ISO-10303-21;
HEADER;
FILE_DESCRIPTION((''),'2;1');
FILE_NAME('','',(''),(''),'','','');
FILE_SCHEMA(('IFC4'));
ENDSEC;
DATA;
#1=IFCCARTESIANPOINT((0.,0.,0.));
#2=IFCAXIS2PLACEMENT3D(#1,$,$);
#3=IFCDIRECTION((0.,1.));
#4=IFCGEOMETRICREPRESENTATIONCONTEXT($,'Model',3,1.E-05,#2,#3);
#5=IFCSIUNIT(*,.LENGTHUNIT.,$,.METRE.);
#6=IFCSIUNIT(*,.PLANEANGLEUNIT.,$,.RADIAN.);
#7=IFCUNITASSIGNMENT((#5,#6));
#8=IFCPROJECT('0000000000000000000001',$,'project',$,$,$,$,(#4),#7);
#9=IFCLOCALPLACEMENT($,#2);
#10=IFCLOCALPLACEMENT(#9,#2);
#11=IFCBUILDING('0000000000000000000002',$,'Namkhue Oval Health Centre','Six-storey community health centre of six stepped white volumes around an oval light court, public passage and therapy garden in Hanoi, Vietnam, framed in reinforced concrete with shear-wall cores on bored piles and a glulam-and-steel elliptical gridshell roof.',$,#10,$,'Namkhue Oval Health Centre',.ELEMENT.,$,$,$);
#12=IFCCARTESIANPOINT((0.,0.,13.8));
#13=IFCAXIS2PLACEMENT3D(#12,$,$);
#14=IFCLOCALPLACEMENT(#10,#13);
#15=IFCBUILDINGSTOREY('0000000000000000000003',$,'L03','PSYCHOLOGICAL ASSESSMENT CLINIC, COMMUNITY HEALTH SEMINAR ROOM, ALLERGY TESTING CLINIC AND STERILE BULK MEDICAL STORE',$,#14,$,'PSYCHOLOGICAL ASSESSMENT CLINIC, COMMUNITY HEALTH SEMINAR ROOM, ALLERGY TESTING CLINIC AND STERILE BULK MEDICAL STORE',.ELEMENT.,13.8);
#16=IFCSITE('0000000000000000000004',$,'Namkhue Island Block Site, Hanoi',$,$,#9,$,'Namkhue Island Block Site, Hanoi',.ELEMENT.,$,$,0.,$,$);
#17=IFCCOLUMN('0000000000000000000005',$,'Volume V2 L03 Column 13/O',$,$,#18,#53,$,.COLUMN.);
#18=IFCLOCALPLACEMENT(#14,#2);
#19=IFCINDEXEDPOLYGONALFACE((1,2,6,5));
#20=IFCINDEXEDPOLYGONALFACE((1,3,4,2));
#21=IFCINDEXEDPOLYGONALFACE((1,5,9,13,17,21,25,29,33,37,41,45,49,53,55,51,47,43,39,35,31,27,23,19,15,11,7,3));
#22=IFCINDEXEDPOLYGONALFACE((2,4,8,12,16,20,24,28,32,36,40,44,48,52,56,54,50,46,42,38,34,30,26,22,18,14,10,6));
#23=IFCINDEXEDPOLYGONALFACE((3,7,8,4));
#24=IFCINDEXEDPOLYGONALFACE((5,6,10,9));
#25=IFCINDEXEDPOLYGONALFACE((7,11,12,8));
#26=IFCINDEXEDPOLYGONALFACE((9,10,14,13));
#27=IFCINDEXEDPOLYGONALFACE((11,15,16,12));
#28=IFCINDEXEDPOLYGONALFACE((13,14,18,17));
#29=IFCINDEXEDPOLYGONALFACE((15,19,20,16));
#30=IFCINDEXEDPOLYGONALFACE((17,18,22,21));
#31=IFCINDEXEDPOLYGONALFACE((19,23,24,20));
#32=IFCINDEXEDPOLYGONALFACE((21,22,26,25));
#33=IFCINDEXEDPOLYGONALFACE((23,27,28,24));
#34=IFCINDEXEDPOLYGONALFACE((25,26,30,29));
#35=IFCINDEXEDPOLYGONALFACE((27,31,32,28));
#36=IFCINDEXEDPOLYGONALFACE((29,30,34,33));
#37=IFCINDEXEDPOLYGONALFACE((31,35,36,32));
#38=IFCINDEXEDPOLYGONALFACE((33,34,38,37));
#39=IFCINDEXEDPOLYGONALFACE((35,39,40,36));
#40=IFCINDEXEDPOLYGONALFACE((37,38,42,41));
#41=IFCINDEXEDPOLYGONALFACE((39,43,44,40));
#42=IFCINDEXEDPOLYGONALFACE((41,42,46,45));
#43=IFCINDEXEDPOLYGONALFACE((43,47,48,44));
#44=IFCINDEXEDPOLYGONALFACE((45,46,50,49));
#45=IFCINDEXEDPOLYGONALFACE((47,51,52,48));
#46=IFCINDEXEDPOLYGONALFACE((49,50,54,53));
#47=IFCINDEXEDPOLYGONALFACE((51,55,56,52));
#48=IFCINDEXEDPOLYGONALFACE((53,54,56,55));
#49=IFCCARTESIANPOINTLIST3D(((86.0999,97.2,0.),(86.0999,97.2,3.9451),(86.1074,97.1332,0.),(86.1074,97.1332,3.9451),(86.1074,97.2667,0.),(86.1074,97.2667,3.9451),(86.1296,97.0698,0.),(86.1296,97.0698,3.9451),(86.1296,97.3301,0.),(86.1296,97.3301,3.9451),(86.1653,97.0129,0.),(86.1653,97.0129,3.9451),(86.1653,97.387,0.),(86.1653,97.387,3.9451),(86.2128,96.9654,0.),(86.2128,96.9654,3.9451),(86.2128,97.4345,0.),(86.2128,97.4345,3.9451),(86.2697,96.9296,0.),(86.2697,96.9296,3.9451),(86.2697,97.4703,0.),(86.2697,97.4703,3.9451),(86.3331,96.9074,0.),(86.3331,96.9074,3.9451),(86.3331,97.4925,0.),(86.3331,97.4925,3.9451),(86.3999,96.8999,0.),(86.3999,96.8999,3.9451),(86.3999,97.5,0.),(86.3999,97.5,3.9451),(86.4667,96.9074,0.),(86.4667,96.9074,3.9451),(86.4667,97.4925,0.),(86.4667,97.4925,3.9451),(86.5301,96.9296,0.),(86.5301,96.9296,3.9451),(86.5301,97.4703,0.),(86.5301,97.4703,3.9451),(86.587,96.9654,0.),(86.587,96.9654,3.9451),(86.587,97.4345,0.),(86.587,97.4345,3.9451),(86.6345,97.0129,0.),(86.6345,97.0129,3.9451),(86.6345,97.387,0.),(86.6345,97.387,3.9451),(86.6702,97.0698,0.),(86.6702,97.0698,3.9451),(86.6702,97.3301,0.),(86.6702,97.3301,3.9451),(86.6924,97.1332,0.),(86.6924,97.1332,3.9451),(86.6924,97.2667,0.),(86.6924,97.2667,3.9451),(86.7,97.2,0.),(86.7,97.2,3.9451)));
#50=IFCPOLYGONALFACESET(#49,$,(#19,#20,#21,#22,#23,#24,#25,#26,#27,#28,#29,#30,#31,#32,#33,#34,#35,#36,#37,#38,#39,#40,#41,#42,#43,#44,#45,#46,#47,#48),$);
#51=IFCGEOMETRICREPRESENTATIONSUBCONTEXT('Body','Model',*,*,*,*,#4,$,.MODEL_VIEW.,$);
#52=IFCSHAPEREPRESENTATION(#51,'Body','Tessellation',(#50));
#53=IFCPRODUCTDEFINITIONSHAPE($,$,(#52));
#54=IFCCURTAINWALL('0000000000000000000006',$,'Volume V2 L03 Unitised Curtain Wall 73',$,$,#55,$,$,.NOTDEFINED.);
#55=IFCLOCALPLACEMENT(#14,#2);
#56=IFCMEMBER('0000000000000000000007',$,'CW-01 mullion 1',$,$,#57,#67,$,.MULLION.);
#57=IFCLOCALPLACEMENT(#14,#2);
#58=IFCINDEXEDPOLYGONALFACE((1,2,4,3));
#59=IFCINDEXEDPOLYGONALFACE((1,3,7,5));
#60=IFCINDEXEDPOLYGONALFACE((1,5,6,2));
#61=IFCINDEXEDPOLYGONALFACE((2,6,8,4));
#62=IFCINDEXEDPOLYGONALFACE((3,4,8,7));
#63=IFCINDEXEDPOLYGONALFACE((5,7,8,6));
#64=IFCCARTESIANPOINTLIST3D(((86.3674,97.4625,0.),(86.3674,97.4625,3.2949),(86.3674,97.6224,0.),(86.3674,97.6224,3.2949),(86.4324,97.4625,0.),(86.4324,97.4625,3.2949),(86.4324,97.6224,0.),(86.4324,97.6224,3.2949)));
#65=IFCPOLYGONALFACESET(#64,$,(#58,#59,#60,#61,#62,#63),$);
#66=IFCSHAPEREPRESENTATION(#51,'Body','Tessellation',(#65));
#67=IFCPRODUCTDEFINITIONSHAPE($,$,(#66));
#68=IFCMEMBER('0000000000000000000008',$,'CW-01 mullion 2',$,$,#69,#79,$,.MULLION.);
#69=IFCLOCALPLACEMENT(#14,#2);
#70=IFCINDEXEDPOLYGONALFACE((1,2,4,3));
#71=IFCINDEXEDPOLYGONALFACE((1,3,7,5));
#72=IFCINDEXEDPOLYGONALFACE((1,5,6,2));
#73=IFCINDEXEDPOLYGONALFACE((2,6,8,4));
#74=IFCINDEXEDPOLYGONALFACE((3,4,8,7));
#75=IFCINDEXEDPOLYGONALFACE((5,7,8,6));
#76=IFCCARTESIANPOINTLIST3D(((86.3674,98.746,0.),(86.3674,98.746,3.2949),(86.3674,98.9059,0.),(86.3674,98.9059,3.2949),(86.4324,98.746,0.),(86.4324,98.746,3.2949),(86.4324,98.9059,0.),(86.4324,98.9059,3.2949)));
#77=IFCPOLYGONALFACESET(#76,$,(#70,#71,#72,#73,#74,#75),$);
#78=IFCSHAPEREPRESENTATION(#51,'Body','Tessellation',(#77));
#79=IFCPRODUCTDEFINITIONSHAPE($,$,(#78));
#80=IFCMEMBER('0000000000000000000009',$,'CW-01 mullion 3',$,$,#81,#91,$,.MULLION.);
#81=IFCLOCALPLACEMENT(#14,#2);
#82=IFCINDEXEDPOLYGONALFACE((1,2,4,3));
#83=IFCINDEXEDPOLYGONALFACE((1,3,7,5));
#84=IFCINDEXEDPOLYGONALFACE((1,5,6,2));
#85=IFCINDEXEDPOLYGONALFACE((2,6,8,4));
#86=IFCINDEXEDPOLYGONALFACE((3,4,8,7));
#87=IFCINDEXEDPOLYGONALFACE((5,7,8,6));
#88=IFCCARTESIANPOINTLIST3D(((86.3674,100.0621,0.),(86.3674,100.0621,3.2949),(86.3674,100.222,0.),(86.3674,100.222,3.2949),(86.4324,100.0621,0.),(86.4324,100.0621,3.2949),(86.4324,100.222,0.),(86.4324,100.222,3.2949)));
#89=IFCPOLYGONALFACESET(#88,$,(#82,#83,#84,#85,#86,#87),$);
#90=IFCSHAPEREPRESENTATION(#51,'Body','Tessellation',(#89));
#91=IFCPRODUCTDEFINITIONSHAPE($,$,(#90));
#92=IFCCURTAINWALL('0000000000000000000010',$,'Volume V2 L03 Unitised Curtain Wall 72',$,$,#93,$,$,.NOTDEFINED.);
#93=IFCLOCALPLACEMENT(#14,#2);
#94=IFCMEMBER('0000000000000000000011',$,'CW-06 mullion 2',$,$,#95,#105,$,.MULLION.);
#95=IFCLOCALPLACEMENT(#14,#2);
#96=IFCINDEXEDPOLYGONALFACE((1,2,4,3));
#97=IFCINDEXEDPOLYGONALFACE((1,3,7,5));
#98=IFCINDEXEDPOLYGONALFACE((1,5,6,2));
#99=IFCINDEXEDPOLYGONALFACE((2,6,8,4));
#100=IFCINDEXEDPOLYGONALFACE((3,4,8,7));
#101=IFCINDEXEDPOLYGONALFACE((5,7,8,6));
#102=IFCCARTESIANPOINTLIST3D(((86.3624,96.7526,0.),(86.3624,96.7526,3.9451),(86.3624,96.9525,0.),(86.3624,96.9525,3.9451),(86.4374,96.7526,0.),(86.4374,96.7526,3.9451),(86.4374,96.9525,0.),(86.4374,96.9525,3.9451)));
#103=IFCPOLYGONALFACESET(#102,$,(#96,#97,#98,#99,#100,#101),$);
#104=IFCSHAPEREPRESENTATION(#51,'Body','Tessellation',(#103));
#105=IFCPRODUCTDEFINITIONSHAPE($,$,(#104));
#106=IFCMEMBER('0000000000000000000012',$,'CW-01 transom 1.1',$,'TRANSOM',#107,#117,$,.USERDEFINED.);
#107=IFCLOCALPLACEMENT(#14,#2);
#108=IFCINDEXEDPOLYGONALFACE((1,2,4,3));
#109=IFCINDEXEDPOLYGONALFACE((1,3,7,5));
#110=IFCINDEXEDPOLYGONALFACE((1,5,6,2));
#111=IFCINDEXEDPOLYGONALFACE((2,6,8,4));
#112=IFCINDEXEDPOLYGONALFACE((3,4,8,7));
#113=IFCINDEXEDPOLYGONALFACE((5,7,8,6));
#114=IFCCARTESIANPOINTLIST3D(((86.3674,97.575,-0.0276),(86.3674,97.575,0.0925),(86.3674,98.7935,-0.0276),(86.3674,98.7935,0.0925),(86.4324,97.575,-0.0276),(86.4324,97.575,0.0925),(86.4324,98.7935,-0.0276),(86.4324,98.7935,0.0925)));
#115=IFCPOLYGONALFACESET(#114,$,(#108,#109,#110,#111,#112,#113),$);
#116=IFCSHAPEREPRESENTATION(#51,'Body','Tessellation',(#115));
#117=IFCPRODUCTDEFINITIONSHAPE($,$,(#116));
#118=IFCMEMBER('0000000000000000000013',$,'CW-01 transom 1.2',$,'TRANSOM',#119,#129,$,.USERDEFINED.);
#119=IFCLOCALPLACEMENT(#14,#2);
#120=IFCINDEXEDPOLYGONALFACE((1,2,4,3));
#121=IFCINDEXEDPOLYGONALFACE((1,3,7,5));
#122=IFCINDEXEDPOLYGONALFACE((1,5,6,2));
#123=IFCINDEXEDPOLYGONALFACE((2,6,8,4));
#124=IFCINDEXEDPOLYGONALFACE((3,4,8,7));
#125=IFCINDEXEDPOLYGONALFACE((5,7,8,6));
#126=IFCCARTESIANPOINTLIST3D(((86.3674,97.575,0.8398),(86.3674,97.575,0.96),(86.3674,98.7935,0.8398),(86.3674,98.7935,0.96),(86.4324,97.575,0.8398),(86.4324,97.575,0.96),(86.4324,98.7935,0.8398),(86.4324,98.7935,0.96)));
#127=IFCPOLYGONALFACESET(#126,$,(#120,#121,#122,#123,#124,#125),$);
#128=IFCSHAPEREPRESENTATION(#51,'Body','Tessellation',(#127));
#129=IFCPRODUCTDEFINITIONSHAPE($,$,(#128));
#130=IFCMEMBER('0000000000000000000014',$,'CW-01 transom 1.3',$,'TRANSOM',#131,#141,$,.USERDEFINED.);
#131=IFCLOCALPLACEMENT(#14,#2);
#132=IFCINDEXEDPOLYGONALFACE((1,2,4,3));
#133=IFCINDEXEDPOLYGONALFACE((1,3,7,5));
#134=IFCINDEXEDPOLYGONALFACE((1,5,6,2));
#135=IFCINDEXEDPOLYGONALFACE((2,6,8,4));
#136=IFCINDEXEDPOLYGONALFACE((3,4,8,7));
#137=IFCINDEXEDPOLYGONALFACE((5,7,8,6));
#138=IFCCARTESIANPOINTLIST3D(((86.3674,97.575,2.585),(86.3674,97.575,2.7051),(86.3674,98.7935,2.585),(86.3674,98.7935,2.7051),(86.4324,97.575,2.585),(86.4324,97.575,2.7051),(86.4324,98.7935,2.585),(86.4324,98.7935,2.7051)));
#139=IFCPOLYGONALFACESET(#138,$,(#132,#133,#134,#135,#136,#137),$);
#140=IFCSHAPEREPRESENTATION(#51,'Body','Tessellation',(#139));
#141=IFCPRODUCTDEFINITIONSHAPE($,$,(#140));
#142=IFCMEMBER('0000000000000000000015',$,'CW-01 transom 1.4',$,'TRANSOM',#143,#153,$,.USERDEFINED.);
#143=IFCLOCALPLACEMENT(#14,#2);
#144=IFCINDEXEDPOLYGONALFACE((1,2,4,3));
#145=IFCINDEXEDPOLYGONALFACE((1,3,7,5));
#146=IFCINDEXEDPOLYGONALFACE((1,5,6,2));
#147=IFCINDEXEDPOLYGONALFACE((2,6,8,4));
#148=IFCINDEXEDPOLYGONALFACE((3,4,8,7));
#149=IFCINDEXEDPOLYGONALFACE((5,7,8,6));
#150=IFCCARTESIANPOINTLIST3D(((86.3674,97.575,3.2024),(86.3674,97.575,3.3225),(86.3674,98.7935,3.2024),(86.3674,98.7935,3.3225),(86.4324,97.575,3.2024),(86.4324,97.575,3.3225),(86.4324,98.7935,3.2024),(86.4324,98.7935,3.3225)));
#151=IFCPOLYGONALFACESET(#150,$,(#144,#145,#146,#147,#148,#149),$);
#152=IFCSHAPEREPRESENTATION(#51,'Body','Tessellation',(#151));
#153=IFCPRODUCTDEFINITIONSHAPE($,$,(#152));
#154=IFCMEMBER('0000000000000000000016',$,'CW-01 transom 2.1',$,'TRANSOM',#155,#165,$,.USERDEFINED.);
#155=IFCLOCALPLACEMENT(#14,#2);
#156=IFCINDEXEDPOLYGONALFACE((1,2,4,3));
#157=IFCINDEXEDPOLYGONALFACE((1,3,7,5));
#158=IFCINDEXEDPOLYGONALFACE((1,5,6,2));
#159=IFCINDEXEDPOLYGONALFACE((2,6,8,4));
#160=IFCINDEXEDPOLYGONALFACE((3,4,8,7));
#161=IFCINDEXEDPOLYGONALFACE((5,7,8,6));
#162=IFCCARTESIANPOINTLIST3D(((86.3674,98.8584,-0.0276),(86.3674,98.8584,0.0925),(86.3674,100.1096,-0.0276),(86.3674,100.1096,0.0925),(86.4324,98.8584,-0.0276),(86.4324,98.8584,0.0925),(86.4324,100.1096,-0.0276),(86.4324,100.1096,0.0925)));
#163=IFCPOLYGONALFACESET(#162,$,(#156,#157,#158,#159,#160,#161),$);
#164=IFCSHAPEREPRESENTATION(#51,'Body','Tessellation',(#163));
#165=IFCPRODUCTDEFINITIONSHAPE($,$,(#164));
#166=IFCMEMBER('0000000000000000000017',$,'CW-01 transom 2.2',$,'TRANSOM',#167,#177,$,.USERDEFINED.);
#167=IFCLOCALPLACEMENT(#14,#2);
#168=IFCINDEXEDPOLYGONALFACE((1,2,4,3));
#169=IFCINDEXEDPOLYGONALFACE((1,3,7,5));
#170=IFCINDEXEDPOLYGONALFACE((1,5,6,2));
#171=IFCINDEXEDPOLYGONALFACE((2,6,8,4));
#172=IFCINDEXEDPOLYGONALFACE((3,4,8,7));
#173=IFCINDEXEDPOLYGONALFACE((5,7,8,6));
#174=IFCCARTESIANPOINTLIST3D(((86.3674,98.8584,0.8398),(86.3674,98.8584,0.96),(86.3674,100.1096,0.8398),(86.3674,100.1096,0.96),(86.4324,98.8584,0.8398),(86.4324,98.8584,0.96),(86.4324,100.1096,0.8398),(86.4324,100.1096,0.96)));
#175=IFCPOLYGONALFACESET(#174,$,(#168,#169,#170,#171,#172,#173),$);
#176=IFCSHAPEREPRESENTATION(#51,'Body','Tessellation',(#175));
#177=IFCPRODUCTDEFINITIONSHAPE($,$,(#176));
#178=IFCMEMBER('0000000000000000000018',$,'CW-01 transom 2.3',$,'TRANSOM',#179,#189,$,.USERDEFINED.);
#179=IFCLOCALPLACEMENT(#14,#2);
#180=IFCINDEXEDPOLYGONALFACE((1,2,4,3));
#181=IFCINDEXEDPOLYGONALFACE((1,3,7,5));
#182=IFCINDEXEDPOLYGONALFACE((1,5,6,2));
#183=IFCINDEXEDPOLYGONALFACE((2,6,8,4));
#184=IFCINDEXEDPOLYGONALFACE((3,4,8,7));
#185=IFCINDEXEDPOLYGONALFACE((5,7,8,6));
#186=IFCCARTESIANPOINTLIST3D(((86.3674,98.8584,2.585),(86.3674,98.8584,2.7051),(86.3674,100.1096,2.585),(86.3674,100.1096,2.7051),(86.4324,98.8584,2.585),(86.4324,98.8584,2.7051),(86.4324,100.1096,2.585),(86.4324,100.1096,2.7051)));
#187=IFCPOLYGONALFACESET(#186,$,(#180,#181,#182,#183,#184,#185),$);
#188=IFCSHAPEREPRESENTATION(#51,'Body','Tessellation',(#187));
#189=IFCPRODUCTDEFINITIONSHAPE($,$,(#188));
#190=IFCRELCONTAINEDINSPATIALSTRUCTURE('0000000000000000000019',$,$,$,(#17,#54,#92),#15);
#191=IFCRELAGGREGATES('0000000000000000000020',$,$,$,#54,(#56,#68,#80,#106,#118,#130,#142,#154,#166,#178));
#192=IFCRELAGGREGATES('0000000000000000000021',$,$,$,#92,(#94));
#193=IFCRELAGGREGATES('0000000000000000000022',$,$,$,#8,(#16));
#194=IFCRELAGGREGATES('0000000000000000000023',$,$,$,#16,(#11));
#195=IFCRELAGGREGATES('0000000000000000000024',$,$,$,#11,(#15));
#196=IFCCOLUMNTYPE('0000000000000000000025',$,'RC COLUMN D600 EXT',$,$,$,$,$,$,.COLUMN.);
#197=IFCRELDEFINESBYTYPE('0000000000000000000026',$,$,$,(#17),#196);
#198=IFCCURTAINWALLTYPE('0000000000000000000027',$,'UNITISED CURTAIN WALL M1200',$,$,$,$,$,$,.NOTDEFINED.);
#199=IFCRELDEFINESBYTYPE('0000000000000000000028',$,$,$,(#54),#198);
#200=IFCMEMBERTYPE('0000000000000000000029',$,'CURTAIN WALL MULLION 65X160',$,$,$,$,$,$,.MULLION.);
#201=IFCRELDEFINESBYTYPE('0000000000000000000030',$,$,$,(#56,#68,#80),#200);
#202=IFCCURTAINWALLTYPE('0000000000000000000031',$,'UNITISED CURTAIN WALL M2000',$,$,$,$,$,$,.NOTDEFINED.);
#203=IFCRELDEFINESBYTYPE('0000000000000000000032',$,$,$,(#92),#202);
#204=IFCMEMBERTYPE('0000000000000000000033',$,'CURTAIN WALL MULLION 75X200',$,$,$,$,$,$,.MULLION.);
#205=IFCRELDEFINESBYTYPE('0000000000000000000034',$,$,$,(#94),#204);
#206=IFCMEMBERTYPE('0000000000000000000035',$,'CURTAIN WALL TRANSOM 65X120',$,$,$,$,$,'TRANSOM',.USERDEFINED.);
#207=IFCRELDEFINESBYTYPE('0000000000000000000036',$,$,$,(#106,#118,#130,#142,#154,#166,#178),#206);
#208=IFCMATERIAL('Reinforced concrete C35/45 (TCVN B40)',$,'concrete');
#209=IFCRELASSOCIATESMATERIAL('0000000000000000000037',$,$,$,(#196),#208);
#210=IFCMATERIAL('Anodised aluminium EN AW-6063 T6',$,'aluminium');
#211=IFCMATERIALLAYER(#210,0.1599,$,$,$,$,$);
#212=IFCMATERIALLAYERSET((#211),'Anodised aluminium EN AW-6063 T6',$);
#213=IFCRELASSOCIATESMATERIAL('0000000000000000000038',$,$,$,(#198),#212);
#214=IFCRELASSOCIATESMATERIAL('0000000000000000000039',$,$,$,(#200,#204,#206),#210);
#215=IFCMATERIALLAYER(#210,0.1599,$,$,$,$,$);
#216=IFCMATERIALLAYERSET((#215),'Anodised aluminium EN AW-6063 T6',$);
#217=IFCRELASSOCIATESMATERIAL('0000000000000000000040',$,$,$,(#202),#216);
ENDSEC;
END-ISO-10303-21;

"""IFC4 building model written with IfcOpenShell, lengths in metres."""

from ifc_helpers import new_model, si_unit, direction, frame, origin, origin_2d, place, context, subcontext, project, spatial, rectangle, circle, extrude, material, layer, layer_set, material_profile, profile_set, type_object, element, aggregate, save


model = new_model("IFC4")

# Units and contexts
model_context = context("Model", 3, precision=1e-05, world=origin(), true_north=direction((0.0, 1.0)))
body_context = subcontext(model_context, "Body", "Model", "MODEL_VIEW")
ifc_project = project(units=[si_unit("LENGTHUNIT", "METRE"), si_unit("PLANEANGLEUNIT", "RADIAN")], contexts=[model_context])

# Site, building, storey
site_placement = place(None, origin())
site = spatial("IfcSite", under=ifc_project, at=site_placement, Name="Namkhue Island Block Site, Hanoi", LongName="Namkhue Island Block Site, Hanoi", CompositionType="ELEMENT", RefElevation=0.0)
building_placement = place(site_placement, origin())
building = spatial("IfcBuilding", under=site, at=building_placement, Name="Namkhue Oval Health Centre", Description="Six-storey community health centre of six stepped white volumes around an oval light court, public passage and therapy garden in Hanoi, Vietnam, framed in reinforced concrete with shear-wall cores on bored piles and a glulam-and-steel elliptical gridshell roof.", LongName="Namkhue Oval Health Centre", CompositionType="ELEMENT")
storey_placement = place(building_placement, frame((0.0, 0.0, 13.8)))
storey = spatial("IfcBuildingStorey", under=building, at=storey_placement, Name="L03", Description="PSYCHOLOGICAL ASSESSMENT CLINIC, COMMUNITY HEALTH SEMINAR ROOM, ALLERGY TESTING CLINIC AND STERILE BULK MEDICAL STORE", LongName="PSYCHOLOGICAL ASSESSMENT CLINIC, COMMUNITY HEALTH SEMINAR ROOM, ALLERGY TESTING CLINIC AND STERILE BULK MEDICAL STORE", CompositionType="ELEMENT", Elevation=13.8)

# Column
ifc_material_1 = material(Name="Reinforced concrete C35/45 (TCVN B40)", Category="concrete")
ifc_material_profile_1 = material_profile(ifc_material_1, circle(Radius=0.3, at=origin_2d()), Name="RC D600")
ifc_profile_set_1 = profile_set([ifc_material_profile_1], Name="Reinforced concrete C35/45 (TCVN B40)")
column_type = type_object("IfcColumnType", Name="RC COLUMN D600 EXT", PredefinedType="COLUMN", material=ifc_profile_set_1)
column_placement = place(storey_placement, frame((86.3999, 97.2, 0.0), z_axis=(0.0, 0.0, 1.0), x_axis=(1.0, 0.0, 0.0)))
element("IfcColumn", 1, at=column_placement, inside=storey, type_object=column_type, Name="Volume V2 L03 Column 13/O", PredefinedType="COLUMN", context=body_context, shape_type="SweptSolid", body=[
    extrude(circle(Radius=0.3, at=origin_2d()), origin(), (0.0, 0.0, 1.0), 3.9451),
])

# Curtain wall, members
ifc_material_2 = material(Name="Anodised aluminium EN AW-6063 T6", Category="aluminium")
ifc_layer_1 = layer(ifc_material_2, 0.1599)
ifc_layer_set_1 = layer_set([ifc_layer_1], Name="Anodised aluminium EN AW-6063 T6")
curtain_wall_type_1 = type_object("IfcCurtainWallType", Name="UNITISED CURTAIN WALL M1200", PredefinedType="NOTDEFINED", material=ifc_layer_set_1)
curtain_wall_1_placement = place(storey_placement, origin())
curtain_wall_1 = element("IfcCurtainWall", 2, at=curtain_wall_1_placement, inside=storey, type_object=curtain_wall_type_1, Name="Volume V2 L03 Unitised Curtain Wall 73", PredefinedType="NOTDEFINED")
ifc_material_profile_2 = material_profile(ifc_material_2, rectangle(XDim=0.0649, YDim=0.1599, at=origin_2d()), Name="ALU 65x160")
ifc_profile_set_2 = profile_set([ifc_material_profile_2], Name="Anodised aluminium EN AW-6063 T6")
member_type_1 = type_object("IfcMemberType", Name="CURTAIN WALL MULLION 65X160", PredefinedType="MULLION", material=ifc_profile_set_2)
member_1_placement = place(storey_placement, frame((86.3999, 97.5425, 0.0), z_axis=(0.0, 0.0, 1.0), x_axis=(-1.0, 0.0, 0.0)))
member_1 = element("IfcMember", 3, at=member_1_placement, type_object=member_type_1, Name="CW-01 mullion 1", PredefinedType="MULLION", context=body_context, shape_type="SweptSolid", body=[
    extrude(rectangle(XDim=0.0649, YDim=0.1599, at=origin_2d()), origin(), (0.0, 0.0, 1.0), 3.2949),
])
member_2_placement = place(storey_placement, frame((86.3999, 98.8259, 0.0), z_axis=(0.0, 0.0, 1.0), x_axis=(-1.0, 0.0, 0.0)))
member_2 = element("IfcMember", 4, at=member_2_placement, type_object=member_type_1, Name="CW-01 mullion 2", PredefinedType="MULLION", context=body_context, shape_type="SweptSolid", body=[
    extrude(rectangle(XDim=0.0649, YDim=0.1599, at=origin_2d()), origin(), (0.0, 0.0, 1.0), 3.2949),
])
member_3_placement = place(storey_placement, frame((86.3999, 100.1421, 0.0), z_axis=(0.0, 0.0, 1.0), x_axis=(-1.0, 0.0, 0.0)))
member_3 = element("IfcMember", 5, at=member_3_placement, type_object=member_type_1, Name="CW-01 mullion 3", PredefinedType="MULLION", context=body_context, shape_type="SweptSolid", body=[
    extrude(rectangle(XDim=0.0649, YDim=0.1599, at=origin_2d()), origin(), (0.0, 0.0, 1.0), 3.2949),
])

# Curtain wall, member
ifc_layer_2 = layer(ifc_material_2, 0.1599)
ifc_layer_set_2 = layer_set([ifc_layer_2], Name="Anodised aluminium EN AW-6063 T6")
curtain_wall_type_2 = type_object("IfcCurtainWallType", Name="UNITISED CURTAIN WALL M2000", PredefinedType="NOTDEFINED", material=ifc_layer_set_2)
curtain_wall_2_placement = place(storey_placement, origin())
curtain_wall_2 = element("IfcCurtainWall", 6, at=curtain_wall_2_placement, inside=storey, type_object=curtain_wall_type_2, Name="Volume V2 L03 Unitised Curtain Wall 72", PredefinedType="NOTDEFINED")
ifc_material_profile_3 = material_profile(ifc_material_2, rectangle(XDim=0.075, YDim=0.2, at=origin_2d()), Name="ALU 75x200")
ifc_profile_set_3 = profile_set([ifc_material_profile_3], Name="Anodised aluminium EN AW-6063 T6")
member_type_2 = type_object("IfcMemberType", Name="CURTAIN WALL MULLION 75X200", PredefinedType="MULLION", material=ifc_profile_set_3)
member_4_placement = place(storey_placement, frame((86.3999, 96.8525, 0.0), z_axis=(0.0, 0.0, 1.0), x_axis=(-1.0, 0.0, 0.0)))
member_4 = element("IfcMember", 7, at=member_4_placement, type_object=member_type_2, Name="CW-06 mullion 2", PredefinedType="MULLION", context=body_context, shape_type="SweptSolid", body=[
    extrude(rectangle(XDim=0.075, YDim=0.2, at=origin_2d()), origin(), (0.0, 0.0, 1.0), 3.9451),
])

# Members
ifc_material_profile_4 = material_profile(ifc_material_2, rectangle(XDim=0.0649, YDim=0.1201, at=origin_2d()), Name="ALU 65x120")
ifc_profile_set_4 = profile_set([ifc_material_profile_4], Name="Anodised aluminium EN AW-6063 T6")
member_type_3 = type_object("IfcMemberType", Name="CURTAIN WALL TRANSOM 65X120", ElementType="TRANSOM", PredefinedType="USERDEFINED", material=ifc_profile_set_4)
member_5_placement = place(storey_placement, frame((86.3999, 97.575, 0.0325), z_axis=(0.0, 1.0, 0.0), x_axis=(-1.0, 0.0, 0.0)))
member_5 = element("IfcMember", 8, at=member_5_placement, type_object=member_type_3, Name="CW-01 transom 1.1", ObjectType="TRANSOM", PredefinedType="USERDEFINED", context=body_context, shape_type="SweptSolid", body=[
    extrude(rectangle(XDim=0.0649, YDim=0.1201, at=origin_2d()), origin(), (0.0, 0.0, 1.0), 1.2185),
])
member_6_placement = place(storey_placement, frame((86.3999, 97.575, 0.8999), z_axis=(0.0, 1.0, 0.0), x_axis=(-1.0, 0.0, 0.0)))
member_6 = element("IfcMember", 9, at=member_6_placement, type_object=member_type_3, Name="CW-01 transom 1.2", ObjectType="TRANSOM", PredefinedType="USERDEFINED", context=body_context, shape_type="SweptSolid", body=[
    extrude(rectangle(XDim=0.0649, YDim=0.1201, at=origin_2d()), origin(), (0.0, 0.0, 1.0), 1.2185),
])
member_7_placement = place(storey_placement, frame((86.3999, 97.575, 2.645), z_axis=(0.0, 1.0, 0.0), x_axis=(-1.0, 0.0, 0.0)))
member_7 = element("IfcMember", 10, at=member_7_placement, type_object=member_type_3, Name="CW-01 transom 1.3", ObjectType="TRANSOM", PredefinedType="USERDEFINED", context=body_context, shape_type="SweptSolid", body=[
    extrude(rectangle(XDim=0.0649, YDim=0.1201, at=origin_2d()), origin(), (0.0, 0.0, 1.0), 1.2185),
])
member_8_placement = place(storey_placement, frame((86.3999, 97.575, 3.2625), z_axis=(0.0, 1.0, 0.0), x_axis=(-1.0, 0.0, 0.0)))
member_8 = element("IfcMember", 11, at=member_8_placement, type_object=member_type_3, Name="CW-01 transom 1.4", ObjectType="TRANSOM", PredefinedType="USERDEFINED", context=body_context, shape_type="SweptSolid", body=[
    extrude(rectangle(XDim=0.0649, YDim=0.1201, at=origin_2d()), origin(), (0.0, 0.0, 1.0), 1.2185),
])
member_9_placement = place(storey_placement, frame((86.3999, 98.8584, 0.0325), z_axis=(0.0, 1.0, 0.0), x_axis=(-1.0, 0.0, 0.0)))
member_9 = element("IfcMember", 12, at=member_9_placement, type_object=member_type_3, Name="CW-01 transom 2.1", ObjectType="TRANSOM", PredefinedType="USERDEFINED", context=body_context, shape_type="SweptSolid", body=[
    extrude(rectangle(XDim=0.0649, YDim=0.1201, at=origin_2d()), origin(), (0.0, 0.0, 1.0), 1.2512),
])
member_10_placement = place(storey_placement, frame((86.3999, 98.8584, 0.8999), z_axis=(0.0, 1.0, 0.0), x_axis=(-1.0, 0.0, 0.0)))
member_10 = element("IfcMember", 13, at=member_10_placement, type_object=member_type_3, Name="CW-01 transom 2.2", ObjectType="TRANSOM", PredefinedType="USERDEFINED", context=body_context, shape_type="SweptSolid", body=[
    extrude(rectangle(XDim=0.0649, YDim=0.1201, at=origin_2d()), origin(), (0.0, 0.0, 1.0), 1.2512),
])
member_11_placement = place(storey_placement, frame((86.3999, 98.8584, 2.645), z_axis=(0.0, 1.0, 0.0), x_axis=(-1.0, 0.0, 0.0)))
member_11 = element("IfcMember", 14, at=member_11_placement, type_object=member_type_3, Name="CW-01 transom 2.3", ObjectType="TRANSOM", PredefinedType="USERDEFINED", context=body_context, shape_type="SweptSolid", body=[
    extrude(rectangle(XDim=0.0649, YDim=0.1201, at=origin_2d()), origin(), (0.0, 0.0, 1.0), 1.2512),
])

aggregate(curtain_wall_1, [member_1, member_2, member_3, member_5, member_6, member_7, member_8, member_9, member_10, member_11])
aggregate(curtain_wall_2, [member_4])

save(model, "model.ifc")
